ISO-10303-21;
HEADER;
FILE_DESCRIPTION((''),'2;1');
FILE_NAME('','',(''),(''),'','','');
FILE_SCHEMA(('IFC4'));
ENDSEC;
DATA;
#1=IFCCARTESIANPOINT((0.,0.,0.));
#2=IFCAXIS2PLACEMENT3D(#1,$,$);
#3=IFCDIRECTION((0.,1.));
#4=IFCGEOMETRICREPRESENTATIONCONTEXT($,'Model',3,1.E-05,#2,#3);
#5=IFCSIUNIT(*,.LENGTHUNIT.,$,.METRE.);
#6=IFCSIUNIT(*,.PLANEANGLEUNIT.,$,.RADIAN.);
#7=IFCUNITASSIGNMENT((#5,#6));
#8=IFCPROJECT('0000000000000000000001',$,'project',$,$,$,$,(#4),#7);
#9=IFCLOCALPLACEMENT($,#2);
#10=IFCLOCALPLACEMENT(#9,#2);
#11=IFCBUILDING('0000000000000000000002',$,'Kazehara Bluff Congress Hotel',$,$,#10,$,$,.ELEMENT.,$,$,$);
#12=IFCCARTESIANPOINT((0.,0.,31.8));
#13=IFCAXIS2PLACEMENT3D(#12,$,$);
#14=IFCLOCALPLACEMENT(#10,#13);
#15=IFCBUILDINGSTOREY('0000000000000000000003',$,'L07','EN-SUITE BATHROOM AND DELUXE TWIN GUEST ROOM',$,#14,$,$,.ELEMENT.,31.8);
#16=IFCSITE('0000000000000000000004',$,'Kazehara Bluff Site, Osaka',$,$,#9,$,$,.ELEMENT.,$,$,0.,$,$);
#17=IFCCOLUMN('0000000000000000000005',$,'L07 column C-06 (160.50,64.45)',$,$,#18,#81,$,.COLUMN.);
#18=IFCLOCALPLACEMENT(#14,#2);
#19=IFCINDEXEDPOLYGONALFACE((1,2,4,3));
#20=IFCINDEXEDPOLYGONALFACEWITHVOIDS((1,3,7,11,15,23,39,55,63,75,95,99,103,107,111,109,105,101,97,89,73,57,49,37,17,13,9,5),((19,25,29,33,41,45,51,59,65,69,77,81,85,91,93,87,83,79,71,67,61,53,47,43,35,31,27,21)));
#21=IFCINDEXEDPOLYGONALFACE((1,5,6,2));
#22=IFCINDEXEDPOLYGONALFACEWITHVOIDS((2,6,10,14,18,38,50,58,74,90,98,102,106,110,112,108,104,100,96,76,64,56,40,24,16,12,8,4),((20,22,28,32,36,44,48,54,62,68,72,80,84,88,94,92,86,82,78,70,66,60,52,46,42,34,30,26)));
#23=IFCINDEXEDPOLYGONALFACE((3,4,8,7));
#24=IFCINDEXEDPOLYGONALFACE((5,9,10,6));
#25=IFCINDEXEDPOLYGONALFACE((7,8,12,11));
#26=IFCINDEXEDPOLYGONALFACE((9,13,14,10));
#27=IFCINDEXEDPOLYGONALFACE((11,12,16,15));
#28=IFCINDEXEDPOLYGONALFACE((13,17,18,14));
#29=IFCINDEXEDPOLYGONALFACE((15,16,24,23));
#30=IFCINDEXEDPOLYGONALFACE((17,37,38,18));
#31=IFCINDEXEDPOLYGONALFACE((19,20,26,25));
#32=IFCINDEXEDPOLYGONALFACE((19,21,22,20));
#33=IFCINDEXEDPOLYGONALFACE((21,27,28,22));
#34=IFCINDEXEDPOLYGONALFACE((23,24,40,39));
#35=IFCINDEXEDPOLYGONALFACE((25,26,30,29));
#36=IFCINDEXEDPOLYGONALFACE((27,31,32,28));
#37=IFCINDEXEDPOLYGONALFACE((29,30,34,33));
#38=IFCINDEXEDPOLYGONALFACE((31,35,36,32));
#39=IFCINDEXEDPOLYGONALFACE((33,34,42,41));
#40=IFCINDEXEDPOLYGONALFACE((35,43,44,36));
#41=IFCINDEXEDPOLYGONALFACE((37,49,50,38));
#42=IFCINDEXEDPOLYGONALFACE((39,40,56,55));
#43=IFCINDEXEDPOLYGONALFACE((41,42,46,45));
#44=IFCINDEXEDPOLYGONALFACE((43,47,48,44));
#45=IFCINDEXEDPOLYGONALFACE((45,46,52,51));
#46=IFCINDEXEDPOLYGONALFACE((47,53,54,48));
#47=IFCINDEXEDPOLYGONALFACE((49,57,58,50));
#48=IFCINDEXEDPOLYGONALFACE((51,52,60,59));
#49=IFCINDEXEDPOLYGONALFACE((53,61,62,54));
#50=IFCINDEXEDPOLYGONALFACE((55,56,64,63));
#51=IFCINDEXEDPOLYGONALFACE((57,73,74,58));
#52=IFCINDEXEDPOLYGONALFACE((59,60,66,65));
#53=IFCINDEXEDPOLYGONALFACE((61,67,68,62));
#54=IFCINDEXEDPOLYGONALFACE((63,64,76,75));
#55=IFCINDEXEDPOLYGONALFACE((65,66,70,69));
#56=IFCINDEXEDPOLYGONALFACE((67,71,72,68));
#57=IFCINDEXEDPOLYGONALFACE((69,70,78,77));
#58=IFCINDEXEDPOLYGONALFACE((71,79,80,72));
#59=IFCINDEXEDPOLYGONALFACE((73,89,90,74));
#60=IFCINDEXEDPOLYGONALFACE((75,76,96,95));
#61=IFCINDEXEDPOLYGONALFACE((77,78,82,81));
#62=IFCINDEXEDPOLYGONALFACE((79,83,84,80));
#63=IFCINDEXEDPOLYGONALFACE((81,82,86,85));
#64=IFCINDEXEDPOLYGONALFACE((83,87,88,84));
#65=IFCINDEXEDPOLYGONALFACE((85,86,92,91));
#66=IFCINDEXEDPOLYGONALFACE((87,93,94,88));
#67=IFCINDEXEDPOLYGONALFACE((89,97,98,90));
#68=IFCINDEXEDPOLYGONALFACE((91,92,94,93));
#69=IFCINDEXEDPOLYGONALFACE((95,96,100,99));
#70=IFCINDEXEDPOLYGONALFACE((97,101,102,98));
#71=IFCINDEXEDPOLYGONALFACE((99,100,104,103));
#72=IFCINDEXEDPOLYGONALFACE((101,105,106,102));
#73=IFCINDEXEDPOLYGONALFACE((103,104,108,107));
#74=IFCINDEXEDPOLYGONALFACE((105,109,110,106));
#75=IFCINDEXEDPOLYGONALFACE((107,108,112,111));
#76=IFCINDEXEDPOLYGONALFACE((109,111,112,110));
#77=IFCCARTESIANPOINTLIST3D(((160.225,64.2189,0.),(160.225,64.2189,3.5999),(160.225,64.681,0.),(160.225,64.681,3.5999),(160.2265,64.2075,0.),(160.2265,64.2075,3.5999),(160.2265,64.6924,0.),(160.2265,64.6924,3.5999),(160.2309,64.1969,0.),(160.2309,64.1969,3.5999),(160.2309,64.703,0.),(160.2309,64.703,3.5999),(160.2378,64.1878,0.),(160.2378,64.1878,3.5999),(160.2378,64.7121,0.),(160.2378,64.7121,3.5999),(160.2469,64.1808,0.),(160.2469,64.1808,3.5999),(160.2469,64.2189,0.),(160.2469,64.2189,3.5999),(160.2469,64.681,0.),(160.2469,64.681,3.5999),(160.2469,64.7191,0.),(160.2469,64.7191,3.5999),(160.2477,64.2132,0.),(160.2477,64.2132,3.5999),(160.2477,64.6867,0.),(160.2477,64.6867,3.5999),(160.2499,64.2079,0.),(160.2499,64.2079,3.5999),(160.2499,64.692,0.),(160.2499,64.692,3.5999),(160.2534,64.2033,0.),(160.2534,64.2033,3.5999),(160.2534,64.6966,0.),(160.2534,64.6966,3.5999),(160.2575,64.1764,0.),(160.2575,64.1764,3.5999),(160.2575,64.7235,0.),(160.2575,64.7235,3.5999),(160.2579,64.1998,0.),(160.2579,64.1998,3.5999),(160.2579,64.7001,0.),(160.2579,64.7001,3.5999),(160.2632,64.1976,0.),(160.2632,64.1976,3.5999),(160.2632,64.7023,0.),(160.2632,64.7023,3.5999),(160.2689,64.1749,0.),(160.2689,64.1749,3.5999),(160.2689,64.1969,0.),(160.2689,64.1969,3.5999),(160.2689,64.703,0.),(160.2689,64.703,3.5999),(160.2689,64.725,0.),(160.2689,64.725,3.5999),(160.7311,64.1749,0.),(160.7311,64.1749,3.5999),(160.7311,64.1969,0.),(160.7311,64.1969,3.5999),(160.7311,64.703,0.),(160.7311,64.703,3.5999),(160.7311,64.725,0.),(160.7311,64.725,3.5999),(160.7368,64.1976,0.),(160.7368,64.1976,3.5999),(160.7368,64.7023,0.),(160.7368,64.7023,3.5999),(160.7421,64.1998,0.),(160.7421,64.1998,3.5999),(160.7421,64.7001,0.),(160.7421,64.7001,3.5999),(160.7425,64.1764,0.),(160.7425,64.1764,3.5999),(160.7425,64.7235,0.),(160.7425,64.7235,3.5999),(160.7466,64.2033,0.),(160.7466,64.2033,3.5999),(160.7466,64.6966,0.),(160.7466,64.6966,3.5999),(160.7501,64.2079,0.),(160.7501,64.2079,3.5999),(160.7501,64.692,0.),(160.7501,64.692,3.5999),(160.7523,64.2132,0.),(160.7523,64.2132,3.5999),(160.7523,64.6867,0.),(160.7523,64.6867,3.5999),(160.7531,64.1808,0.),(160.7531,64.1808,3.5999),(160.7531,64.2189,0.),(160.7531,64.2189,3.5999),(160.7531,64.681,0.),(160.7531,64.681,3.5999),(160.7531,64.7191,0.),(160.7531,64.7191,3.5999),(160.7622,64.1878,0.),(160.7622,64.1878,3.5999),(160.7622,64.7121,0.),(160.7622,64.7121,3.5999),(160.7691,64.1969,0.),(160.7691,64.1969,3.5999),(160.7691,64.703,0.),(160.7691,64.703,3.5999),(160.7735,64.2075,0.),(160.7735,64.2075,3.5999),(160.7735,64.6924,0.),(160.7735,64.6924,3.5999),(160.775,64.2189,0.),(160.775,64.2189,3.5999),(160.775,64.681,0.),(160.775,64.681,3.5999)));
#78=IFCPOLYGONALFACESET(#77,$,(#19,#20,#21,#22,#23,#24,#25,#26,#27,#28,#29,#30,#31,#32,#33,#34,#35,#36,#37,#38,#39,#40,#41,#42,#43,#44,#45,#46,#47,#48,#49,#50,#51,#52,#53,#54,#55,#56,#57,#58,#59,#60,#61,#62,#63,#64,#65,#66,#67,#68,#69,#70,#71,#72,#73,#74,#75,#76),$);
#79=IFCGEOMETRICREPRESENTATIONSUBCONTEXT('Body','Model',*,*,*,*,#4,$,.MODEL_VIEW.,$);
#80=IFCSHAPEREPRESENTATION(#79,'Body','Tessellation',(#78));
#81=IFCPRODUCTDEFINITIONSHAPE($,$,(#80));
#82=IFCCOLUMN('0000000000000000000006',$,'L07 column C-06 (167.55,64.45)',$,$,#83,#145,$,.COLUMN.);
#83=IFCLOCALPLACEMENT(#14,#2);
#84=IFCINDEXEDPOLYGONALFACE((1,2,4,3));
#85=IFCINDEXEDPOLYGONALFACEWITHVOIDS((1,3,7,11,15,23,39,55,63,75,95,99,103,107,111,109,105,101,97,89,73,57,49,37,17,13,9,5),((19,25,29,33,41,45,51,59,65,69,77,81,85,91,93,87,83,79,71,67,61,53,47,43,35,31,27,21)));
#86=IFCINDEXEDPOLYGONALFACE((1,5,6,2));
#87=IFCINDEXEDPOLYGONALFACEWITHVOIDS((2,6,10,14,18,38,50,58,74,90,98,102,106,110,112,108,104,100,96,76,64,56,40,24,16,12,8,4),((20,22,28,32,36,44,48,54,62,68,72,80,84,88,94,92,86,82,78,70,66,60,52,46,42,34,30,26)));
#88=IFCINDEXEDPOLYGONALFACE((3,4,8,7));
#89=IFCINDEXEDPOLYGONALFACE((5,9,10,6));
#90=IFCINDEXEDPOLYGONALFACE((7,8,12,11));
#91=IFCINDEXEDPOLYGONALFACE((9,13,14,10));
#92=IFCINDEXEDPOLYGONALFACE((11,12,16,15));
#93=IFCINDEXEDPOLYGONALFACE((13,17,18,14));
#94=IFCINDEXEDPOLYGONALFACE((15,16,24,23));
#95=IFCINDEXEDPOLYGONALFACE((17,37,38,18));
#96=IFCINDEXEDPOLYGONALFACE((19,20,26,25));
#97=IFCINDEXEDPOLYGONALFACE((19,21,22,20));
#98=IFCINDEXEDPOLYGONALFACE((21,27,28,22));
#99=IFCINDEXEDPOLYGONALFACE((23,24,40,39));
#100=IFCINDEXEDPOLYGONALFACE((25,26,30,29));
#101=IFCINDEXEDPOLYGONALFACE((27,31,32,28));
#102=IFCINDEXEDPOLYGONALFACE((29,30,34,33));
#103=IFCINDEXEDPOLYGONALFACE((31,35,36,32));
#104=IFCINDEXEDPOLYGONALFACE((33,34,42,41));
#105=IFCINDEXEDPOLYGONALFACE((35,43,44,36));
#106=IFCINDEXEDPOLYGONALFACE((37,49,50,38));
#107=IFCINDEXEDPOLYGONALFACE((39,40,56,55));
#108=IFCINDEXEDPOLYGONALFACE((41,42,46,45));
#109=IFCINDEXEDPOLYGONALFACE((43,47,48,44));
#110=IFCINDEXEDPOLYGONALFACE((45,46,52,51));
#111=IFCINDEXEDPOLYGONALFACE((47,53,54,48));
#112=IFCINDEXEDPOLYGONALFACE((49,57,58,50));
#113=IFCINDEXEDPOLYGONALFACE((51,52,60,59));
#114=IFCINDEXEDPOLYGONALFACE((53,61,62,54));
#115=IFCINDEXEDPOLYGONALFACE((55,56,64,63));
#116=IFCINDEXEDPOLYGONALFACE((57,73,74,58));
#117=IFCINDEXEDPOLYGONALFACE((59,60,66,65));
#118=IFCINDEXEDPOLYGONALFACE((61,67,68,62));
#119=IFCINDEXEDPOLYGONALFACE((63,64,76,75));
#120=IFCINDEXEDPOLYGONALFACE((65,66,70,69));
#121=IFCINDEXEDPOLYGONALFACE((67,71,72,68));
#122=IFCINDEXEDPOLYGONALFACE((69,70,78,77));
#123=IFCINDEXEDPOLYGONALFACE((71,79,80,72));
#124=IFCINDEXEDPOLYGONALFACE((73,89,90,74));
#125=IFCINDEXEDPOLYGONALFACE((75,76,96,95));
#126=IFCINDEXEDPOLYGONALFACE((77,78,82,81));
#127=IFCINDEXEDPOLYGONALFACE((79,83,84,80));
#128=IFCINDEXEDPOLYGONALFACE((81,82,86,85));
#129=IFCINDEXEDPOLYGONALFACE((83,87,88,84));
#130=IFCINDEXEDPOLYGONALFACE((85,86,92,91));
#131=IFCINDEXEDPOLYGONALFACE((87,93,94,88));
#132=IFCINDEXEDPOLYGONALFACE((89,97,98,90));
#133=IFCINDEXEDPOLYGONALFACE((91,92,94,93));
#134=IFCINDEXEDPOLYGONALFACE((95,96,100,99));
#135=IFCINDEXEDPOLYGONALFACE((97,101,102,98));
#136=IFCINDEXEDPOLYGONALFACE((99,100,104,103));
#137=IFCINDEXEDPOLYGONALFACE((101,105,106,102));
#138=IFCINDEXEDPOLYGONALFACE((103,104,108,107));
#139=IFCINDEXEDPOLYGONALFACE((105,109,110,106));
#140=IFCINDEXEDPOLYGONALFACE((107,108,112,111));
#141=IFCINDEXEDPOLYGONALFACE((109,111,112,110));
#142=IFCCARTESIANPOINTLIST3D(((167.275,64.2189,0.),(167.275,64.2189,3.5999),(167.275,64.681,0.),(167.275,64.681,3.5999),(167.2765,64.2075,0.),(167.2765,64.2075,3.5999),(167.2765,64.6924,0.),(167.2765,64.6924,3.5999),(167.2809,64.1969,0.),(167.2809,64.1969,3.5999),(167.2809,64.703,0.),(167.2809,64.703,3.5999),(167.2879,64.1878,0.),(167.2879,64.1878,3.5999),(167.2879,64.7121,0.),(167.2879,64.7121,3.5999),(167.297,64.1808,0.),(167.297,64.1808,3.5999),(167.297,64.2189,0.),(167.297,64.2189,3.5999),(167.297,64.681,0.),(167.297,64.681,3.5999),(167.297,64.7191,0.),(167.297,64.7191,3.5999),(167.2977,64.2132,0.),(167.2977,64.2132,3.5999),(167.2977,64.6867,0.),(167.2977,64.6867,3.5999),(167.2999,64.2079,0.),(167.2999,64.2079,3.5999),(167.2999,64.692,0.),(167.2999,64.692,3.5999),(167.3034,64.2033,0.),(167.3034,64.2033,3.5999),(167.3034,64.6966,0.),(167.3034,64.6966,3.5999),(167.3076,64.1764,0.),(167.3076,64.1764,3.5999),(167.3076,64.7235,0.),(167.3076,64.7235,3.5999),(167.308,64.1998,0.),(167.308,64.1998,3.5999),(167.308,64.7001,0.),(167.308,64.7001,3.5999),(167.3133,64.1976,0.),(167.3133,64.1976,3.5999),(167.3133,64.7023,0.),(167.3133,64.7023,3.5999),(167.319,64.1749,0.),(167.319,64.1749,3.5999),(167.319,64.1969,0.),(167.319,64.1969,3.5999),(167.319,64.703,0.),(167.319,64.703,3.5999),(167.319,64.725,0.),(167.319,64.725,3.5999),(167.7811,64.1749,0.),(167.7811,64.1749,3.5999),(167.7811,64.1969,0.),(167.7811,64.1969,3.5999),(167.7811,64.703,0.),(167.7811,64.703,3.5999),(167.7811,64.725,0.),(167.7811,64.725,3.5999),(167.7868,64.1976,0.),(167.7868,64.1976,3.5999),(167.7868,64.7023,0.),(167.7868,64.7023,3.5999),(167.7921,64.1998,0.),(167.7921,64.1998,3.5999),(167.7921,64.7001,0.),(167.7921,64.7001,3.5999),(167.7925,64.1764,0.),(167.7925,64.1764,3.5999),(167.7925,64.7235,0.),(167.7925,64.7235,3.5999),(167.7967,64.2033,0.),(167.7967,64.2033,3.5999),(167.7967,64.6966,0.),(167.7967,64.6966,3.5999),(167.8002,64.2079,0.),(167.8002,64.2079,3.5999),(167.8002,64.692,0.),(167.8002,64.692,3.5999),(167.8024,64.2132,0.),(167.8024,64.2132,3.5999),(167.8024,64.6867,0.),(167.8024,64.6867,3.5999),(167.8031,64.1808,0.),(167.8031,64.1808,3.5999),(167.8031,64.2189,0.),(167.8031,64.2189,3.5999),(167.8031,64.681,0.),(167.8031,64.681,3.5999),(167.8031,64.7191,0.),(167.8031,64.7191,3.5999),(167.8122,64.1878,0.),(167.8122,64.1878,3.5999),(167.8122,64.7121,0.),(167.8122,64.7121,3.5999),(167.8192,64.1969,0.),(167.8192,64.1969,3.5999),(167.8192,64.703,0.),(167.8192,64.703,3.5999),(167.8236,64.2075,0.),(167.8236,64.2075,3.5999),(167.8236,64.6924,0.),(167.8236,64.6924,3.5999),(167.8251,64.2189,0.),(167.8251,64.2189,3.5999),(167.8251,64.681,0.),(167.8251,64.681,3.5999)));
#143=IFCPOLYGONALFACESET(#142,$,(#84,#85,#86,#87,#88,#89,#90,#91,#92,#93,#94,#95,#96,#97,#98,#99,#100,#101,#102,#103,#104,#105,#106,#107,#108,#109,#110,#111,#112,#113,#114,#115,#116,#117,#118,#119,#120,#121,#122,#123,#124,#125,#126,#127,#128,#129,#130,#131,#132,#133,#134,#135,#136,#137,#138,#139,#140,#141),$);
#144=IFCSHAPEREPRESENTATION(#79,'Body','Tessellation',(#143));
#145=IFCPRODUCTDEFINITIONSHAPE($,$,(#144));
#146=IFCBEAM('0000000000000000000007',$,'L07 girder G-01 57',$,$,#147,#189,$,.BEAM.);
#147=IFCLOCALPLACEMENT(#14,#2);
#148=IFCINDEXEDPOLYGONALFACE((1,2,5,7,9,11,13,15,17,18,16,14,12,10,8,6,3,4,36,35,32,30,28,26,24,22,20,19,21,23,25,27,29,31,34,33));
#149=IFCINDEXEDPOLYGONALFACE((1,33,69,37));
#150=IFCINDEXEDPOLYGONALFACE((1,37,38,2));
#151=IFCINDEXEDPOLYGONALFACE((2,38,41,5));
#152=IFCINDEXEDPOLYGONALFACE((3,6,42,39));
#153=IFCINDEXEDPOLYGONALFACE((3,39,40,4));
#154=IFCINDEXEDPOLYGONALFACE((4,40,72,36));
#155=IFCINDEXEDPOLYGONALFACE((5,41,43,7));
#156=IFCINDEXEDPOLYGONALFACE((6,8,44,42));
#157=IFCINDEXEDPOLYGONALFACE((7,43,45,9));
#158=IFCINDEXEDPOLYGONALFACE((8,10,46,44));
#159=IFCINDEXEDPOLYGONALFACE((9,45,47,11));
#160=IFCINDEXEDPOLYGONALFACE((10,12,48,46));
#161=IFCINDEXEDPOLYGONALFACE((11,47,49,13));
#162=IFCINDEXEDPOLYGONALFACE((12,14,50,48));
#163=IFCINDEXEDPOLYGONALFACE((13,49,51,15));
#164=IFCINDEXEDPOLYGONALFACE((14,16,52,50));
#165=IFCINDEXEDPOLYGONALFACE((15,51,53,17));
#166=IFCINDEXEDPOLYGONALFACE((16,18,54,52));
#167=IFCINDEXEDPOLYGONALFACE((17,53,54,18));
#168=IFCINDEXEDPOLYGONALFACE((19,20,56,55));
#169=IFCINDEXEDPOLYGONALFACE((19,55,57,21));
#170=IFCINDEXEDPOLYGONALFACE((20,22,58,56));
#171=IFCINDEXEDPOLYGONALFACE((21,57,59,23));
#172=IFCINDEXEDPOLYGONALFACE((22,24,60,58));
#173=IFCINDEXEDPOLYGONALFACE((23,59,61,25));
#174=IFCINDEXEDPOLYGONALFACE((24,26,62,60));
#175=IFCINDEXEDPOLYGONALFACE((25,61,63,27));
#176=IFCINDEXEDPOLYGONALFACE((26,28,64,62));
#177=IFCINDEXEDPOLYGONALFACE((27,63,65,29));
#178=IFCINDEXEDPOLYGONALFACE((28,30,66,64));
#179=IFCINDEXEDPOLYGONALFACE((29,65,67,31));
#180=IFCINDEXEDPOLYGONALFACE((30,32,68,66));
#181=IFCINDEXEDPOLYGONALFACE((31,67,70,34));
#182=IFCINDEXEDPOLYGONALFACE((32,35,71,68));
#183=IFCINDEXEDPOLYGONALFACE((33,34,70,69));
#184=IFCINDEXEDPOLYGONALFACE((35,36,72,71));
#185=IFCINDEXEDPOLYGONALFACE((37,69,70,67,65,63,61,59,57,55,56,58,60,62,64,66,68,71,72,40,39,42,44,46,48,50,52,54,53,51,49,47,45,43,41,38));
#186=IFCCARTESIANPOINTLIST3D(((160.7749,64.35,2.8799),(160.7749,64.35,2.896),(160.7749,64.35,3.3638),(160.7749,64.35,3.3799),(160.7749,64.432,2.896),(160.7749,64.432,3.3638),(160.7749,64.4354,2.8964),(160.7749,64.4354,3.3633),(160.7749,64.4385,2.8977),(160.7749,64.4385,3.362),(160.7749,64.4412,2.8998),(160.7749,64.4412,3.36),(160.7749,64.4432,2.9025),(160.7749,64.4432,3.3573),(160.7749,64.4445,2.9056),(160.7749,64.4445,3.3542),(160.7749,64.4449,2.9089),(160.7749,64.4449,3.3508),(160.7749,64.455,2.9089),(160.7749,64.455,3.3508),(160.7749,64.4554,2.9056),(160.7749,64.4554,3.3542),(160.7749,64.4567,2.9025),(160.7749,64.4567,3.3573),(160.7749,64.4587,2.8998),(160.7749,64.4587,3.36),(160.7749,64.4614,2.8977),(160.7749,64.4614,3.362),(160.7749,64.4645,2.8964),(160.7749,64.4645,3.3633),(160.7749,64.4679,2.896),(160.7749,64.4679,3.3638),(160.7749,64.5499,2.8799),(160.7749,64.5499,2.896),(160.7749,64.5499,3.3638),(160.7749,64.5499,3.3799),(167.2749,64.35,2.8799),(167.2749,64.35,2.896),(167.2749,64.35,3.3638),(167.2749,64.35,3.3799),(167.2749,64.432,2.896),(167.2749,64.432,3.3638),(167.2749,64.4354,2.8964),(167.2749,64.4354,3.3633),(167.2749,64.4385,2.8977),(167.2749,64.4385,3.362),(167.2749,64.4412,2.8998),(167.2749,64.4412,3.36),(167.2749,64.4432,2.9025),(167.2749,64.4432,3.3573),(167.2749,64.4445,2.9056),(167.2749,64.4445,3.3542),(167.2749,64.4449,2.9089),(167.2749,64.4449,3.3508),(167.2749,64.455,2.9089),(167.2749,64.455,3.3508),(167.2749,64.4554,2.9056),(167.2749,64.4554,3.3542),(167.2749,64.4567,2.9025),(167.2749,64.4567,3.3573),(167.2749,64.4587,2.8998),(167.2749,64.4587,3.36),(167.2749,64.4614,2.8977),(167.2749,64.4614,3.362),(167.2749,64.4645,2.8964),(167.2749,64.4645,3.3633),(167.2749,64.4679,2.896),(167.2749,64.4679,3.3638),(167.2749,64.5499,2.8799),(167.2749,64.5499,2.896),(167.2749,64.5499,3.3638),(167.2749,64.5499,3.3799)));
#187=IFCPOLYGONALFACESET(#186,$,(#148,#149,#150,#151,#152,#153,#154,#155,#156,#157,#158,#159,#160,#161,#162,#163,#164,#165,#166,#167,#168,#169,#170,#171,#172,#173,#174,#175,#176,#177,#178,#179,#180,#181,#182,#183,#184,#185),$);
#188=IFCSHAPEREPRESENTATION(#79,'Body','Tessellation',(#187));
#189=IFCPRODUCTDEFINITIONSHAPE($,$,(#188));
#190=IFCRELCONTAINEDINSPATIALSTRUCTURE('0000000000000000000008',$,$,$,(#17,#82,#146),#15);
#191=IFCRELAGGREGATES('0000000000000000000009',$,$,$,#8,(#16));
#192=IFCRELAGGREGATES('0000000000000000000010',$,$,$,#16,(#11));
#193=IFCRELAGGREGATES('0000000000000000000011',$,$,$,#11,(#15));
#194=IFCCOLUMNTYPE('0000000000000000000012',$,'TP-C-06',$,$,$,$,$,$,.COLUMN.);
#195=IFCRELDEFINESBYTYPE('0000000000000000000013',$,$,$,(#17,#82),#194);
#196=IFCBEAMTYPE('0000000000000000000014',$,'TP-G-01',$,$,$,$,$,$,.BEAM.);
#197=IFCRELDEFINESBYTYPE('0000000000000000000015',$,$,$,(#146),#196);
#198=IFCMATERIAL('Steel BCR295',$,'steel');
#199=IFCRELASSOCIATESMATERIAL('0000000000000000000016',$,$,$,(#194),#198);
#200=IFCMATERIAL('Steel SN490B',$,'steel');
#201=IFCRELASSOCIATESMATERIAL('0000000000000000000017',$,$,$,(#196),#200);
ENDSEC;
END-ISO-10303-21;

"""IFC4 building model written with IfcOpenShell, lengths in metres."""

from ifc_helpers import new_model, si_unit, direction, frame, origin, origin_2d, place, context, subcontext, project, spatial, hollow_rectangle, i_section, extrude, material, material_profile, profile_set, type_object, element, save


model = new_model("IFC4")

# Units and contexts
model_context = context("Model", 3, precision=1e-05, world=origin(), true_north=direction((0.0, 1.0)))
body_context = subcontext(model_context, "Body", "Model", "MODEL_VIEW")
ifc_project = project(units=[si_unit("LENGTHUNIT", "METRE"), si_unit("PLANEANGLEUNIT", "RADIAN")], contexts=[model_context])

# Site, building, storey
site_placement = place(None, origin())
site = spatial("IfcSite", under=ifc_project, at=site_placement, Name="Kazehara Bluff Site, Osaka", CompositionType="ELEMENT", RefElevation=0.0)
building_placement = place(site_placement, origin())
building = spatial("IfcBuilding", under=site, at=building_placement, Name="Kazehara Bluff Congress Hotel", CompositionType="ELEMENT")
storey_placement = place(building_placement, frame((0.0, 0.0, 31.8)))
storey = spatial("IfcBuildingStorey", under=building, at=storey_placement, Name="L07", Description="EN-SUITE BATHROOM AND DELUXE TWIN GUEST ROOM", CompositionType="ELEMENT", Elevation=31.8)

# Columns
ifc_material_1 = material(Name="Steel BCR295", Category="steel")
ifc_material_profile_1 = material_profile(ifc_material_1, hollow_rectangle(XDim=0.55, YDim=0.55, WallThickness=0.022, InnerFilletRadius=0.022, OuterFilletRadius=0.0439, at=origin_2d()))
ifc_profile_set_1 = profile_set([ifc_material_profile_1], Name="Steel BCR295")
column_type = type_object("IfcColumnType", Name="TP-C-06", PredefinedType="COLUMN", material=ifc_profile_set_1)
for number, where, z_axis, x_axis, name in (
    (1, (160.5, 64.45, 0.0), (0.0, 0.0, 1.0), (1.0, 0.0, 0.0), "L07 column C-06 (160.50,64.45)"),
    (2, (167.55, 64.45, 0.0), (0.0, 0.0, 1.0), (1.0, 0.0, 0.0), "L07 column C-06 (167.55,64.45)"),
):
    element("IfcColumn", number, at=place(storey_placement, frame(where, z_axis=z_axis, x_axis=x_axis)), inside=storey, type_object=column_type, Name=name, PredefinedType="COLUMN", context=body_context, shape_type="SweptSolid", body=[
        extrude(hollow_rectangle(XDim=0.55, YDim=0.55, WallThickness=0.022, InnerFilletRadius=0.022, OuterFilletRadius=0.0439, at=origin_2d()), origin(), (0.0, 0.0, 1.0), 3.5999),
    ])

# Beam
ifc_material_2 = material(Name="Steel SN490B", Category="steel")
ifc_material_profile_2 = material_profile(ifc_material_2, i_section(OverallWidth=0.2, OverallDepth=0.5, WebThickness=0.01, FlangeThickness=0.0161, FilletRadius=0.0129, at=origin_2d()))
ifc_profile_set_2 = profile_set([ifc_material_profile_2], Name="Steel SN490B")
beam_type_1 = type_object("IfcBeamType", Name="TP-G-01", PredefinedType="BEAM", material=ifc_profile_set_2)
beam_1_placement = place(storey_placement, frame((160.7749, 64.45, 3.1299), z_axis=(1.0, 0.0, 0.0), x_axis=(0.0, 1.0, 0.0)))
element("IfcBeam", 3, at=beam_1_placement, inside=storey, type_object=beam_type_1, Name="L07 girder G-01 57", PredefinedType="BEAM", context=body_context, shape_type="SweptSolid", body=[
    extrude(i_section(OverallWidth=0.2, OverallDepth=0.5, WebThickness=0.01, FlangeThickness=0.0161, FilletRadius=0.0129, at=origin_2d()), origin(), (0.0, 0.0, 1.0), 6.5),
])

save(model, "model.ifc")
